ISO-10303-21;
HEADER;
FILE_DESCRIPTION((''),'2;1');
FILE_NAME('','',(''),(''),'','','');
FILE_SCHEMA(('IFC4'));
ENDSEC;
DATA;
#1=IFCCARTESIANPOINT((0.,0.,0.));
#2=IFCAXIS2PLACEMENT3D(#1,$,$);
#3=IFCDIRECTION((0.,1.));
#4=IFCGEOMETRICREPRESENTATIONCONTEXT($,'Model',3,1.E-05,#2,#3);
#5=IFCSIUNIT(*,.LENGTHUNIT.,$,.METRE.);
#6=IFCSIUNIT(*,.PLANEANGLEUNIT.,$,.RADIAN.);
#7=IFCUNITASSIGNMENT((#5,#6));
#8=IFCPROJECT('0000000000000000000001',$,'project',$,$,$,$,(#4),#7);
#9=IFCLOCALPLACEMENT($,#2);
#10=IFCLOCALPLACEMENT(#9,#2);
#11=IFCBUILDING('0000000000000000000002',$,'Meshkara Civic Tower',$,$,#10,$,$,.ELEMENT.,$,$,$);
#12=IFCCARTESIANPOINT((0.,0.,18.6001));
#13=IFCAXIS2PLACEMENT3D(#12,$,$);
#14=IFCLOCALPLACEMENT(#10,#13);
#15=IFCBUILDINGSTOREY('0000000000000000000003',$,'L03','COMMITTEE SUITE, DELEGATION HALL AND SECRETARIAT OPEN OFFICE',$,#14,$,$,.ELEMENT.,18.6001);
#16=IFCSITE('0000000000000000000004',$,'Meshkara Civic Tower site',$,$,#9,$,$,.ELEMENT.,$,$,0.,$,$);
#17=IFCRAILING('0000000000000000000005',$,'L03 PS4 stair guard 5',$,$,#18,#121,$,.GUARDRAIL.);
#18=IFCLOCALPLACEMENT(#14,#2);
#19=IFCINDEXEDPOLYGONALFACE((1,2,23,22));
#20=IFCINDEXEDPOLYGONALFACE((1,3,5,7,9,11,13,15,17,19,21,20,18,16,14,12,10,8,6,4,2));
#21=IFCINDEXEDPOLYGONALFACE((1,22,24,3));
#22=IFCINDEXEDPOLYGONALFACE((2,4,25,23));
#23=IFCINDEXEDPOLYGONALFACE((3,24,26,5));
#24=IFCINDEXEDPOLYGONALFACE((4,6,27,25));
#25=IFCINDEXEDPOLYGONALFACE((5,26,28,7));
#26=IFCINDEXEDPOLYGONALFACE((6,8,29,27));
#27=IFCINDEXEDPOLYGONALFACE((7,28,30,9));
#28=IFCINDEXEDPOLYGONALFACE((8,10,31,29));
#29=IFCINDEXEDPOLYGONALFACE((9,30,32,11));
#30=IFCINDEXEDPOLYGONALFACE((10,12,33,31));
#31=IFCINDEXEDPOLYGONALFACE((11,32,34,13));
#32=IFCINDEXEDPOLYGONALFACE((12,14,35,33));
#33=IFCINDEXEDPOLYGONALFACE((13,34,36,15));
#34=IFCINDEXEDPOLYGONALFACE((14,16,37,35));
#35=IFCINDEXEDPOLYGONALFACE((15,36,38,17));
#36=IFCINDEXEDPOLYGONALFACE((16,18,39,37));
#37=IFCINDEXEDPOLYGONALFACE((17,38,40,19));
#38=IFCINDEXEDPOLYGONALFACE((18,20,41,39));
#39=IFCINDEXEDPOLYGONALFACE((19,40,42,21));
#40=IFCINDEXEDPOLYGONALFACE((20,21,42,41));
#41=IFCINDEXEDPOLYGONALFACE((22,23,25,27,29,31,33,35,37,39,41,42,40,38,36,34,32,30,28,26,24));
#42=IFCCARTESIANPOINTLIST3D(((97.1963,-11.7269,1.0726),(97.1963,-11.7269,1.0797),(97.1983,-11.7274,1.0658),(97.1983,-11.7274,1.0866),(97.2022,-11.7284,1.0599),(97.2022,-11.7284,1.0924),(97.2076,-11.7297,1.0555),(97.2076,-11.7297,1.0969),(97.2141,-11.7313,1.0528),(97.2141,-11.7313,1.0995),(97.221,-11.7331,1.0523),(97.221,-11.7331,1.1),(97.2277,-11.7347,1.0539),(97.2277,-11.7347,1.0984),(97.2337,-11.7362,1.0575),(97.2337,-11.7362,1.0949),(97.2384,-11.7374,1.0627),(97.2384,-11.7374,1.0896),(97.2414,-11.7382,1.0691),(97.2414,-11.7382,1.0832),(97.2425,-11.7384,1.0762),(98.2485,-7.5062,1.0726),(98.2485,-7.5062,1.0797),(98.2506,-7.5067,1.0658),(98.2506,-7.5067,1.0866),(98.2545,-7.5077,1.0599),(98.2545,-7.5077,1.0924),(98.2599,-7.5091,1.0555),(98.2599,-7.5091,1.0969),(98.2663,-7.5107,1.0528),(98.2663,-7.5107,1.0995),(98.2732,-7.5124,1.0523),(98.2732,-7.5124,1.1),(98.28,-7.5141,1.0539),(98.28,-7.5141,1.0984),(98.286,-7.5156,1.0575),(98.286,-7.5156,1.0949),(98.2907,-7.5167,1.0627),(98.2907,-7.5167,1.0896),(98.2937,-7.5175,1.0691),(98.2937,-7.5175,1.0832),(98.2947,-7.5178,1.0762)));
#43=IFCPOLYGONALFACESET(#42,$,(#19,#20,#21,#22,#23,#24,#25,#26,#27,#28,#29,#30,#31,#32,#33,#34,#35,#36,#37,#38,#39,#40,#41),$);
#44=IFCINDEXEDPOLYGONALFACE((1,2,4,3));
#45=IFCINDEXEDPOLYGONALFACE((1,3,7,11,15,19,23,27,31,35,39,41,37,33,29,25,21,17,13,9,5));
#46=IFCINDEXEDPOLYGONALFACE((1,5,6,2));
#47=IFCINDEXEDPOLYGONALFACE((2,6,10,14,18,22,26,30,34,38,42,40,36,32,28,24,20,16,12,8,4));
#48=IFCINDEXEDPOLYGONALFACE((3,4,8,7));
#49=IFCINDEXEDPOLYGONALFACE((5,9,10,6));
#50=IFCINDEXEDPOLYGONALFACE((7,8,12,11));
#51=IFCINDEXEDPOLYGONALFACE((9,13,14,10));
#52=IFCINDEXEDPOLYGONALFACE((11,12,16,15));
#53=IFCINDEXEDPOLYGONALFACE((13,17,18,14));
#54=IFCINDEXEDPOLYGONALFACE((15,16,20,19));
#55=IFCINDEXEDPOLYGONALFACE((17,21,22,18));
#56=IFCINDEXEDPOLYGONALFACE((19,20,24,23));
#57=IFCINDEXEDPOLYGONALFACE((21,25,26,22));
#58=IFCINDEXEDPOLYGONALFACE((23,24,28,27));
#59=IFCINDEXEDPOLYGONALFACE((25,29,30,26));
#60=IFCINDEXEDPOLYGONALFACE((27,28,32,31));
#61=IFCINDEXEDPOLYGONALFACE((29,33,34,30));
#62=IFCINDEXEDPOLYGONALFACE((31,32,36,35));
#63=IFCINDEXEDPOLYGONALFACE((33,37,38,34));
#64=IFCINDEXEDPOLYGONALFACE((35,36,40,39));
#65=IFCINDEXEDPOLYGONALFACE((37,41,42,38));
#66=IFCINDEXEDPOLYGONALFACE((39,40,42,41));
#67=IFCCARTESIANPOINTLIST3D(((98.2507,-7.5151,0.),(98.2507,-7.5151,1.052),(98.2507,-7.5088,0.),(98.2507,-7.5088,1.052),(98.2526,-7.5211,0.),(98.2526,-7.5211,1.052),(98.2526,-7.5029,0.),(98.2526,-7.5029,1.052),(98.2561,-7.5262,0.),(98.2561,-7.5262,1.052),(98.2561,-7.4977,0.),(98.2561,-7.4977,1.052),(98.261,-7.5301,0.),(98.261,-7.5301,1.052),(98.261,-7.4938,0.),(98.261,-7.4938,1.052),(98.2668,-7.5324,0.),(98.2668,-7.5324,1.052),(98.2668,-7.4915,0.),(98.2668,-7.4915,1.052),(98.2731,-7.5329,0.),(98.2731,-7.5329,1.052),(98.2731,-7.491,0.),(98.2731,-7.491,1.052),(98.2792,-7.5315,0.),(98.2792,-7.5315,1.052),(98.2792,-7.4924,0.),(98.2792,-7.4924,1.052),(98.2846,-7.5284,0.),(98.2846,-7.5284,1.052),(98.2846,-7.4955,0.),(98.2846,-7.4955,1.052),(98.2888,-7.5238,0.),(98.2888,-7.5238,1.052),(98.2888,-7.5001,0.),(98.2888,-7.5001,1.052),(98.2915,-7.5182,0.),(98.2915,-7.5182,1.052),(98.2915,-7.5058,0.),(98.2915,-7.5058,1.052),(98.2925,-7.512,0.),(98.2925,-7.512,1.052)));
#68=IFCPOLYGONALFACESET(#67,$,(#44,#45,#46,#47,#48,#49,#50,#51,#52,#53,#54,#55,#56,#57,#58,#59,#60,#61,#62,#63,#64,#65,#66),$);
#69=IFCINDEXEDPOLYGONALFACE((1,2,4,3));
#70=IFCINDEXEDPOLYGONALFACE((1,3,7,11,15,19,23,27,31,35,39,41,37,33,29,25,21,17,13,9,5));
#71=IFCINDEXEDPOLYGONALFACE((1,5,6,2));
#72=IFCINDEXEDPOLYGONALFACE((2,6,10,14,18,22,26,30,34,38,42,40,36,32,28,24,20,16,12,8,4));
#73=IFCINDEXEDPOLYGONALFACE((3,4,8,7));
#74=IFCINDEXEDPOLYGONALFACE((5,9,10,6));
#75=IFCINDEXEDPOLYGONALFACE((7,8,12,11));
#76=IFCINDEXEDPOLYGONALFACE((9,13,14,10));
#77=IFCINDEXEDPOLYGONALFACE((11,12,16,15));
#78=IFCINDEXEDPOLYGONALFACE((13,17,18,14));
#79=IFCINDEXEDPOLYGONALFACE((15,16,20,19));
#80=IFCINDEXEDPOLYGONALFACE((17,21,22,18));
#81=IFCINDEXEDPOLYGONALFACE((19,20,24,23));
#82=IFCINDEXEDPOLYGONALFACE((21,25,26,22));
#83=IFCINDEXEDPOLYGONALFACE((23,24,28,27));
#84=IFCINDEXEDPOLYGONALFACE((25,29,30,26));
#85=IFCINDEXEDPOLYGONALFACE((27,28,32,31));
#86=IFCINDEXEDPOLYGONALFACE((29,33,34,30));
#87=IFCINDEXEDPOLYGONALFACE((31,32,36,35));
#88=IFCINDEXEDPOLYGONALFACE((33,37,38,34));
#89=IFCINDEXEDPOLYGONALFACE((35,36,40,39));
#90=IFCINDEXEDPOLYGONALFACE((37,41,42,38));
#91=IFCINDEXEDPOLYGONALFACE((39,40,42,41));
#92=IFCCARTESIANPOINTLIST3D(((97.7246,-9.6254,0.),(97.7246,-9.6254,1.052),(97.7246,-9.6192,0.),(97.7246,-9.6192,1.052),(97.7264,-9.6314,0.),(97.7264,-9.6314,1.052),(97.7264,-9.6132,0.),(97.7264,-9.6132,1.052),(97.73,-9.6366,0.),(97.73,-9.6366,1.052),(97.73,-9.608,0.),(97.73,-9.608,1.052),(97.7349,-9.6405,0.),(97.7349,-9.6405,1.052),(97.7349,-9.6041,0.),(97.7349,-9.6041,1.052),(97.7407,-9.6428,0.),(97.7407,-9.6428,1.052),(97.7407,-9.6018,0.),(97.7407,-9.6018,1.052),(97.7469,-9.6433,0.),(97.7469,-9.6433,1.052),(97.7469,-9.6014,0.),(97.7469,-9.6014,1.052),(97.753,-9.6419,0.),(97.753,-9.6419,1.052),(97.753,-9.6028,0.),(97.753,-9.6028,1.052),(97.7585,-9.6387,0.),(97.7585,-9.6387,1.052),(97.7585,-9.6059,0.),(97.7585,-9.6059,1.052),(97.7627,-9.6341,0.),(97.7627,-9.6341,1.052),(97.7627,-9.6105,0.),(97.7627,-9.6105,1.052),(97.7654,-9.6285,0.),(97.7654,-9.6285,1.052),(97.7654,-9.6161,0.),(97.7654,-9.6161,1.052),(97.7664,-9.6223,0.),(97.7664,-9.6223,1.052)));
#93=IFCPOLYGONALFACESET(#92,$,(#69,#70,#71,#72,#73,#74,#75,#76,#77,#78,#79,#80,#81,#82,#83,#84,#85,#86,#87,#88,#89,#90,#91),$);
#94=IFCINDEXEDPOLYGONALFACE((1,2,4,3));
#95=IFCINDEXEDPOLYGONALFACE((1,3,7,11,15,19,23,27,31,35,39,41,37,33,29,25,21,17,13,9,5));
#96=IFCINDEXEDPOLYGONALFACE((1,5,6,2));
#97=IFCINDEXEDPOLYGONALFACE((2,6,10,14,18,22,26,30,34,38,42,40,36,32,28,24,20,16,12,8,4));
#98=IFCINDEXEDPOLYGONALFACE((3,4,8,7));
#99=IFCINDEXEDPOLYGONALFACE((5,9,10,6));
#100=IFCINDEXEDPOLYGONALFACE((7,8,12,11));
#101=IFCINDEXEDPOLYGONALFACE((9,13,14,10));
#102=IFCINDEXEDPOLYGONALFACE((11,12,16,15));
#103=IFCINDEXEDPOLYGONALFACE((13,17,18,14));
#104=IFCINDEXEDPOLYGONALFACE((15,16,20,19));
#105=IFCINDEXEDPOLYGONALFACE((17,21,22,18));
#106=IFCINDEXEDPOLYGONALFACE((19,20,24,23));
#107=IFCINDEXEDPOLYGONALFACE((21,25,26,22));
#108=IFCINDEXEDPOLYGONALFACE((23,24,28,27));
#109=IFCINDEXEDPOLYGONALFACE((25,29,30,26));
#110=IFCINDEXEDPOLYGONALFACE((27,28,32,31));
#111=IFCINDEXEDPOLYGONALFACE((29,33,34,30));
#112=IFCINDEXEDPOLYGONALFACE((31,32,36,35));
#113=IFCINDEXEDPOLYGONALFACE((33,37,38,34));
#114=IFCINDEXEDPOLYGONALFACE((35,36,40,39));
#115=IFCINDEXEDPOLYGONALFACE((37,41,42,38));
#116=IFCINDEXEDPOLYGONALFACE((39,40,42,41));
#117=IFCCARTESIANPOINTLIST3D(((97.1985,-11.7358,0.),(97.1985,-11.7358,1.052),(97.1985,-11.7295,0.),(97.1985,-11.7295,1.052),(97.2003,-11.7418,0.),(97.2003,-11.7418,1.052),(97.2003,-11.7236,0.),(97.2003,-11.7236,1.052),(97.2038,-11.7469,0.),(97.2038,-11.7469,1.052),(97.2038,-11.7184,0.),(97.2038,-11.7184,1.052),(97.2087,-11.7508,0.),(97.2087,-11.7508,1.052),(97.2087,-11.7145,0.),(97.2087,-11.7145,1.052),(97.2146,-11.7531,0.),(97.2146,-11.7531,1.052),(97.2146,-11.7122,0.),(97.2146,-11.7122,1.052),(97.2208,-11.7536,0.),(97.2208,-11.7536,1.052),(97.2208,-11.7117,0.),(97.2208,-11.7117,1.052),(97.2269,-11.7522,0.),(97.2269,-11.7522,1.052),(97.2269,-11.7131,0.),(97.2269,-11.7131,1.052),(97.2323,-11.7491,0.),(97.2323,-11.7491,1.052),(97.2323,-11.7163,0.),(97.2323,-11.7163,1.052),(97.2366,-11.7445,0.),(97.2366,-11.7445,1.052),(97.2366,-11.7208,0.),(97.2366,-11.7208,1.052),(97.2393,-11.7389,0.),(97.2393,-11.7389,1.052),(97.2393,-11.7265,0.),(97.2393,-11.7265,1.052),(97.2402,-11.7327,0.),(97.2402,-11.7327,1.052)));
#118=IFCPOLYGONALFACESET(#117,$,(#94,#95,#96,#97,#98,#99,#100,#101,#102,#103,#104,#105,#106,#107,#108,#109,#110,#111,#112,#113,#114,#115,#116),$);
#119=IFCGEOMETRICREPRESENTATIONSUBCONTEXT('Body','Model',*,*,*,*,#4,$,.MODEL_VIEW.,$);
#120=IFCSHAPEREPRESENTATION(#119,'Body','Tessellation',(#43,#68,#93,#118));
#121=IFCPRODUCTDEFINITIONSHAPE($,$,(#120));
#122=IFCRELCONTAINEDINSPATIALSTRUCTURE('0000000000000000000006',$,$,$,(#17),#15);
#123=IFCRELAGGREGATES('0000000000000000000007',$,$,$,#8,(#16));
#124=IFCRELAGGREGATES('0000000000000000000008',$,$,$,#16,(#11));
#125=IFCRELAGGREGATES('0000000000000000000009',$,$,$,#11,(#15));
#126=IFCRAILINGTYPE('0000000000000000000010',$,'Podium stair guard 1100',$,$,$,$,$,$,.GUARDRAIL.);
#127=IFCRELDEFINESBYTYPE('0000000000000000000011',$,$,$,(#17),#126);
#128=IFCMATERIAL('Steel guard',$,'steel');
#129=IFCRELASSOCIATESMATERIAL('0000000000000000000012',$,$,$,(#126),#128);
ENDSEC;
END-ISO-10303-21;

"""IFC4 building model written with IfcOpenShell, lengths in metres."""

from ifc_helpers import new_model, si_unit, direction, frame, origin, origin_2d, place, context, subcontext, project, spatial, circle, extrude, material, type_object, element, save


model = new_model("IFC4")

# Units and contexts
model_context = context("Model", 3, precision=1e-05, world=origin(), true_north=direction((0.0, 1.0)))
body_context = subcontext(model_context, "Body", "Model", "MODEL_VIEW")
ifc_project = project(units=[si_unit("LENGTHUNIT", "METRE"), si_unit("PLANEANGLEUNIT", "RADIAN")], contexts=[model_context])

# Site, building, storey
site_placement = place(None, origin())
site = spatial("IfcSite", under=ifc_project, at=site_placement, Name="Meshkara Civic Tower site", CompositionType="ELEMENT", RefElevation=0.0)
building_placement = place(site_placement, origin())
building = spatial("IfcBuilding", under=site, at=building_placement, Name="Meshkara Civic Tower", CompositionType="ELEMENT")
storey_placement = place(building_placement, frame((0.0, 0.0, 18.6001)))
storey = spatial("IfcBuildingStorey", under=building, at=storey_placement, Name="L03", Description="COMMITTEE SUITE, DELEGATION HALL AND SECRETARIAT OPEN OFFICE", CompositionType="ELEMENT", Elevation=18.6001)

# Railing
ifc_material_1 = material(Name="Steel guard", Category="steel")
railing_type_1 = type_object("IfcRailingType", Name="Podium stair guard 1100", PredefinedType="GUARDRAIL", material=ifc_material_1)
railing_1_placement = place(storey_placement, frame((98.2715, -7.512, 0.0)))
element("IfcRailing", 1, at=railing_1_placement, inside=storey, type_object=railing_type_1, Name="L03 PS4 stair guard 5", PredefinedType="GUARDRAIL", context=body_context, shape_type="SweptSolid", body=[
    extrude(circle(Radius=0.0239, at=origin_2d()), frame((0.0, 0.0, 1.0762), z_axis=(-0.241902, -0.970301, 0.0), x_axis=(0.970301, -0.241902, 0.0)), (0.0, 0.0, 1.0), 4.3499),
    extrude(circle(Radius=0.021, at=origin_2d()), origin(), (0.0, 0.0, 1.0), 1.052),
    extrude(circle(Radius=0.021, at=origin_2d()), frame((-0.5261, -2.1104, 0.0)), (0.0, 0.0, 1.0), 1.052),
    extrude(circle(Radius=0.021, at=origin_2d()), frame((-1.0522, -4.2207, 0.0)), (0.0, 0.0, 1.0), 1.052),
])

save(model, "model.ifc")
